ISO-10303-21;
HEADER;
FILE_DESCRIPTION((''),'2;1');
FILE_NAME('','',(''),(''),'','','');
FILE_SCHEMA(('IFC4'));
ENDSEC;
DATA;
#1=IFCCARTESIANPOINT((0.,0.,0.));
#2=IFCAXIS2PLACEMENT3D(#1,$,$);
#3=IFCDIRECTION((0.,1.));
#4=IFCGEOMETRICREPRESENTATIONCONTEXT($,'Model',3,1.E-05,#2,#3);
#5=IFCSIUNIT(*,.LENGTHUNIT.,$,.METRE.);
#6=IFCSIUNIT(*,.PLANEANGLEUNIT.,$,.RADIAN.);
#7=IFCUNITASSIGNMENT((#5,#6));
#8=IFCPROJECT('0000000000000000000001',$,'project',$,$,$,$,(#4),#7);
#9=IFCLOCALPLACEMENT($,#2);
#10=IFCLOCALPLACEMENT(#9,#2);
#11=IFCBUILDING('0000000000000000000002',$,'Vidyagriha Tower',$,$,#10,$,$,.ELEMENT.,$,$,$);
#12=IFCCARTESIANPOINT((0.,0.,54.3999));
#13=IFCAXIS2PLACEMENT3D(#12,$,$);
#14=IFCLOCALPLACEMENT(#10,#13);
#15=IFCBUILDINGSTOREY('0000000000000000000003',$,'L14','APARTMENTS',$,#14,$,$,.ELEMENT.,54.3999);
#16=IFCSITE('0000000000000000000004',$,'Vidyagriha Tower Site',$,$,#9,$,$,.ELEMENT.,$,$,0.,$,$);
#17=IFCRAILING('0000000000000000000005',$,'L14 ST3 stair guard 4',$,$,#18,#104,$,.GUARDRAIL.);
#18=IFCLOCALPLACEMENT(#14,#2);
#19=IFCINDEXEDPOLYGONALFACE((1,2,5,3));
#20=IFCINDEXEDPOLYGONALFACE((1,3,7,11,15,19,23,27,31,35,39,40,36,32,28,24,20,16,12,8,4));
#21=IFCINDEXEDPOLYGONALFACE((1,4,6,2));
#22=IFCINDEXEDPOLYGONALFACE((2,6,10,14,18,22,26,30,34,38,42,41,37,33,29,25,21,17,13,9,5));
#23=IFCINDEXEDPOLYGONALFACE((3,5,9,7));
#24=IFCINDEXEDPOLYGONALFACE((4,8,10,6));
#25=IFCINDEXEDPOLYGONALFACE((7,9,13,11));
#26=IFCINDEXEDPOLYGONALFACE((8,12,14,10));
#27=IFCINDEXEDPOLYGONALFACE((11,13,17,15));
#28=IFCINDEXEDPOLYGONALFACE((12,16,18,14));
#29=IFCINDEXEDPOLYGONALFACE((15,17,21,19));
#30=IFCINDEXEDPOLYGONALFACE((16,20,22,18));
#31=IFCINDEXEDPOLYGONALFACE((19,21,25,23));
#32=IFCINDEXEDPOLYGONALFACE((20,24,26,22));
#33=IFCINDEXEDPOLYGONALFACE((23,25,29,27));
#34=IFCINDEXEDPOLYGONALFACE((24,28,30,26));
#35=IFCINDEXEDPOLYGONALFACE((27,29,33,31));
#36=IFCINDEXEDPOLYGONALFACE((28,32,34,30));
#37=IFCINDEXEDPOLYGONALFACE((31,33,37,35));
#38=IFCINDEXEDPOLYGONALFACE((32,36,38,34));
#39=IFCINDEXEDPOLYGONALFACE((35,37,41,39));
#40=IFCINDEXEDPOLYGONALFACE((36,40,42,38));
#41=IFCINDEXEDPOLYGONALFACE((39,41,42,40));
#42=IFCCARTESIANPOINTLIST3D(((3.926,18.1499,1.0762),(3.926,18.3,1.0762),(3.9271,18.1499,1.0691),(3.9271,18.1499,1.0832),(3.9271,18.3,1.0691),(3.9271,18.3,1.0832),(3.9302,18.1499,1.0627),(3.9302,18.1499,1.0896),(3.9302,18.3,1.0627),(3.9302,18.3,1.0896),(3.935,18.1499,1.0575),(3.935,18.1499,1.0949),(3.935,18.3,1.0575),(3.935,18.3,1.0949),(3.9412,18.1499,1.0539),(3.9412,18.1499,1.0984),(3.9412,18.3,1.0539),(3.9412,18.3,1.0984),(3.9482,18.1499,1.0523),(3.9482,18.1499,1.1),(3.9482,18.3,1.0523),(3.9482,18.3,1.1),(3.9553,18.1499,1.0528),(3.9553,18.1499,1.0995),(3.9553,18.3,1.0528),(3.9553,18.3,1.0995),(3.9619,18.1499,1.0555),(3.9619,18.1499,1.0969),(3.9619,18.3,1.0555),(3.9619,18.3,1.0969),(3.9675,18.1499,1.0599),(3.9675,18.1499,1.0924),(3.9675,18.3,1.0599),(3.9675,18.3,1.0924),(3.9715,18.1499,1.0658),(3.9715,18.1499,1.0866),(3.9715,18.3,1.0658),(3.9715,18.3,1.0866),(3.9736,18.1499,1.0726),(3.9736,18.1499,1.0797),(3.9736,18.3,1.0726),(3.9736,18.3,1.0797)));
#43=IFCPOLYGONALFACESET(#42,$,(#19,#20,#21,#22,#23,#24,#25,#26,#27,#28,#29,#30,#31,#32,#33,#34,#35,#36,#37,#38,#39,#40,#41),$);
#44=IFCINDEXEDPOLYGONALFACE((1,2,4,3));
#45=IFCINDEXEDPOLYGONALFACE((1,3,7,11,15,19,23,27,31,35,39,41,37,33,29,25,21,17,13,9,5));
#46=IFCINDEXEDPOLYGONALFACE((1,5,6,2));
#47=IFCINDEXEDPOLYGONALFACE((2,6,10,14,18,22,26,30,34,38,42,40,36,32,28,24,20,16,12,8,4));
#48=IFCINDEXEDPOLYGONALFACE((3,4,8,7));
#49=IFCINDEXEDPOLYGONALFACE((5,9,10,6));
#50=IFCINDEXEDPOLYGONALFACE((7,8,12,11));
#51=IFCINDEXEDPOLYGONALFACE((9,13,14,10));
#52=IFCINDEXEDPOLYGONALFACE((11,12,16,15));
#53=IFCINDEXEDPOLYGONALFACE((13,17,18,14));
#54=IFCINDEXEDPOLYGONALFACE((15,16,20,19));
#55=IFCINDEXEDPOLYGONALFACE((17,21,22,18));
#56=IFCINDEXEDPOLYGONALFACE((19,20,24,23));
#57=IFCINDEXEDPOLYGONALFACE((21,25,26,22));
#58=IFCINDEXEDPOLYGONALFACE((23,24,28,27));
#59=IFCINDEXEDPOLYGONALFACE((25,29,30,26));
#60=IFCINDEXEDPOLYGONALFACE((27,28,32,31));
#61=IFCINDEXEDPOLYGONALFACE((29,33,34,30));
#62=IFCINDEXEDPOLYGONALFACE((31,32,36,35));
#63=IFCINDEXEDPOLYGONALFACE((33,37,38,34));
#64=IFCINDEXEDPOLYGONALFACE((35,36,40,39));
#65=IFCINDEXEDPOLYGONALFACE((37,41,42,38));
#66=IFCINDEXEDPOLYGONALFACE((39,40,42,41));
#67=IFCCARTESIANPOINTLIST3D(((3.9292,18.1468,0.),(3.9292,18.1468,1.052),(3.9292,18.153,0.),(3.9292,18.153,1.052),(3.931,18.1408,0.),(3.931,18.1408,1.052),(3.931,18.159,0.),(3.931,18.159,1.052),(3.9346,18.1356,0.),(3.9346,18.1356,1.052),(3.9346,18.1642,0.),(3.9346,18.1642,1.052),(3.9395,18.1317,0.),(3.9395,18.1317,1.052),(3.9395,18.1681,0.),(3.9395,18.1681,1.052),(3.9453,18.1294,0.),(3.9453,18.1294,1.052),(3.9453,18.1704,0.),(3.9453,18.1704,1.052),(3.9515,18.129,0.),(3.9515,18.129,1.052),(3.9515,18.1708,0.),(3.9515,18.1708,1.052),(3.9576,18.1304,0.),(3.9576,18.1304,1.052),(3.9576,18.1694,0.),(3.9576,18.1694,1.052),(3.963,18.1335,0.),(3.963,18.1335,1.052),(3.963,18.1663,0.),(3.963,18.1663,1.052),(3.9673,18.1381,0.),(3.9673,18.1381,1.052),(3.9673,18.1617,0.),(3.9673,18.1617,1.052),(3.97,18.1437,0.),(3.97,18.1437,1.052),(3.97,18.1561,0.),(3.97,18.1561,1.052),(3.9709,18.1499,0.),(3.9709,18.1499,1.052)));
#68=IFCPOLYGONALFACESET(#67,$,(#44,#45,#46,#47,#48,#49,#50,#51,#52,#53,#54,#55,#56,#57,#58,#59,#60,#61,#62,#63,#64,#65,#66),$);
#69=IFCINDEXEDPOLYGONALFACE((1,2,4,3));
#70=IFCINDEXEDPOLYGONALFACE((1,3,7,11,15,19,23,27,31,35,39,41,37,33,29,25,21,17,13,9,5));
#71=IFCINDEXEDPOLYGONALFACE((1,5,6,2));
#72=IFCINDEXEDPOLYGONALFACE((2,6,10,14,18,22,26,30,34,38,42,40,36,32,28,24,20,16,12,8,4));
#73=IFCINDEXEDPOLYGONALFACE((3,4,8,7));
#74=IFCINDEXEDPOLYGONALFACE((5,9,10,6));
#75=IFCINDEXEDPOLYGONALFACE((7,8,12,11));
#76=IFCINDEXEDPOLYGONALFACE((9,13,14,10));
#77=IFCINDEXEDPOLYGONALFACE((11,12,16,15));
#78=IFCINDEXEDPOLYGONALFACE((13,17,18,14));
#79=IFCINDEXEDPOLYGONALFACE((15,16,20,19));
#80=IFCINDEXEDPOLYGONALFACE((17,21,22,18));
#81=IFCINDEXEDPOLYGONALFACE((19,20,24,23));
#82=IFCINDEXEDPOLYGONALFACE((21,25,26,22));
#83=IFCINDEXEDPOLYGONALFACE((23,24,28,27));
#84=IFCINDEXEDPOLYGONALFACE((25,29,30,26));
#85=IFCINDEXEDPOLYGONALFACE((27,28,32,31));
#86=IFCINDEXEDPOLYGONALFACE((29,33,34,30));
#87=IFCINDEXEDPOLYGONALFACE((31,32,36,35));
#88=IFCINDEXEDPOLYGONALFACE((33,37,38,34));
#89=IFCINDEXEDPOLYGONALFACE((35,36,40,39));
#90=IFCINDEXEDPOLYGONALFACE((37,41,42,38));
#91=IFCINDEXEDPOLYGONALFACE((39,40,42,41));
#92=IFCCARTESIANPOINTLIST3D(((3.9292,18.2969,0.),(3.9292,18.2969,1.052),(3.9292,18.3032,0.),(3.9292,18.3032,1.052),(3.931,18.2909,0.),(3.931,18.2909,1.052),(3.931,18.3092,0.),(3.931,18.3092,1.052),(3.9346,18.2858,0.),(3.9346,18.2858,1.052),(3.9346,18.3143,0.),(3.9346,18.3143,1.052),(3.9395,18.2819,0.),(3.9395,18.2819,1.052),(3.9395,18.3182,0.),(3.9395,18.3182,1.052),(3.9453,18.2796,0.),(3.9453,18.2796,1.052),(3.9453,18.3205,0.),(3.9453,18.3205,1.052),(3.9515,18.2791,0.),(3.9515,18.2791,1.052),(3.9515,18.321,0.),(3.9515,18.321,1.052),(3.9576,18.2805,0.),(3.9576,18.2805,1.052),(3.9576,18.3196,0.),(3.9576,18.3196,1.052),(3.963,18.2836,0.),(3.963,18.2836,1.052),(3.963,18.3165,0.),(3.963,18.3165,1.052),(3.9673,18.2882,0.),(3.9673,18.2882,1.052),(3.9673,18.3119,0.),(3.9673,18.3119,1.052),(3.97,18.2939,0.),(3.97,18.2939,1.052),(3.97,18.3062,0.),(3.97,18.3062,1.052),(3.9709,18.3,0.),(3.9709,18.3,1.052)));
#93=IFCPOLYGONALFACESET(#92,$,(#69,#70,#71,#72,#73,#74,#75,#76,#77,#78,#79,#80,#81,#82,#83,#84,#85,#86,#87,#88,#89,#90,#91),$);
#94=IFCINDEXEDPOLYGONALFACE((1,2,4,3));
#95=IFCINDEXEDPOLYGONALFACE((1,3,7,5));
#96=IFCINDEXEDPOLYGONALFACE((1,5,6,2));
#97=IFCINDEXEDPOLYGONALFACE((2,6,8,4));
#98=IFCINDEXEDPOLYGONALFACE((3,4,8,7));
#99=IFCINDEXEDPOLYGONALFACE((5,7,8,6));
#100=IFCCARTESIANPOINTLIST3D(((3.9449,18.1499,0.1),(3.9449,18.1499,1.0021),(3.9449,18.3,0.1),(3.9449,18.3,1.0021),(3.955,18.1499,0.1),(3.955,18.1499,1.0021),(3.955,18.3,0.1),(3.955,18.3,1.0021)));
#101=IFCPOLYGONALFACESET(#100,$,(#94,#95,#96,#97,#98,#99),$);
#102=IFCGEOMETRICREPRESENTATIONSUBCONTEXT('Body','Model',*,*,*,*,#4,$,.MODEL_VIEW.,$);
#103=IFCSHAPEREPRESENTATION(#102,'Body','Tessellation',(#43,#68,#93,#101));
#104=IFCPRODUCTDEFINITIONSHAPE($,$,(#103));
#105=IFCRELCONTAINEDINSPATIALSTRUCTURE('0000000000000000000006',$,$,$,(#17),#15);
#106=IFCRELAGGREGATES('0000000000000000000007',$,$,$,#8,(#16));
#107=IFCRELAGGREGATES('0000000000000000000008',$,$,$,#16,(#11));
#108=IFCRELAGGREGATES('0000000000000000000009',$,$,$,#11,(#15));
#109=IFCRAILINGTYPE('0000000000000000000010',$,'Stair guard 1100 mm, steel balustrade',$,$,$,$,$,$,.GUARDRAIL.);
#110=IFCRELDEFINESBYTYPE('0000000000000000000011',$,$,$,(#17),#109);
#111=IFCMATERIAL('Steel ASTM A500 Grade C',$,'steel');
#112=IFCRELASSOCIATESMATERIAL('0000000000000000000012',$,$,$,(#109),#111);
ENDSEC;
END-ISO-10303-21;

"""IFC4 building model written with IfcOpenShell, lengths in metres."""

from ifc_helpers import new_model, si_unit, direction, frame, origin, origin_2d, place, context, subcontext, project, spatial, rectangle, circle, extrude, material, type_object, element, save


model = new_model("IFC4")

# Units and contexts
model_context = context("Model", 3, precision=1e-05, world=origin(), true_north=direction((0.0, 1.0)))
body_context = subcontext(model_context, "Body", "Model", "MODEL_VIEW")
ifc_project = project(units=[si_unit("LENGTHUNIT", "METRE"), si_unit("PLANEANGLEUNIT", "RADIAN")], contexts=[model_context])

# Site, building, storey
site_placement = place(None, origin())
site = spatial("IfcSite", under=ifc_project, at=site_placement, Name="Vidyagriha Tower Site", CompositionType="ELEMENT", RefElevation=0.0)
building_placement = place(site_placement, origin())
building = spatial("IfcBuilding", under=site, at=building_placement, Name="Vidyagriha Tower", CompositionType="ELEMENT")
storey_placement = place(building_placement, frame((0.0, 0.0, 54.3999)))
storey = spatial("IfcBuildingStorey", under=building, at=storey_placement, Name="L14", Description="APARTMENTS", CompositionType="ELEMENT", Elevation=54.3999)

# Railing
ifc_material_1 = material(Name="Steel ASTM A500 Grade C", Category="steel")
railing_type_1 = type_object("IfcRailingType", Name="Stair guard 1100 mm, steel balustrade", PredefinedType="GUARDRAIL", material=ifc_material_1)
railing_1_placement = place(storey_placement, frame((3.95, 18.1499, 0.0)))
element("IfcRailing", 1, at=railing_1_placement, inside=storey, type_object=railing_type_1, Name="L14 ST3 stair guard 4", PredefinedType="GUARDRAIL", context=body_context, shape_type="SweptSolid", body=[
    extrude(circle(Radius=0.0239, at=origin_2d()), frame((0.0, 0.0, 1.0762), z_axis=(0.0, 1.0, 0.0), x_axis=(-1.0, 0.0, 0.0)), (0.0, 0.0, 1.0), 0.1501),
    extrude(circle(Radius=0.021, at=origin_2d()), origin(), (0.0, 0.0, 1.0), 1.052),
    extrude(circle(Radius=0.021, at=origin_2d()), frame((0.0, 0.1501, 0.0)), (0.0, 0.0, 1.0), 1.052),
    extrude(rectangle(XDim=0.01, YDim=0.9021, at=origin_2d()), frame((0.0, 0.0, 0.551), z_axis=(0.0, 1.0, 0.0), x_axis=(-1.0, 0.0, 0.0)), (0.0, 0.0, 1.0), 0.1501),
])

save(model, "model.ifc")
